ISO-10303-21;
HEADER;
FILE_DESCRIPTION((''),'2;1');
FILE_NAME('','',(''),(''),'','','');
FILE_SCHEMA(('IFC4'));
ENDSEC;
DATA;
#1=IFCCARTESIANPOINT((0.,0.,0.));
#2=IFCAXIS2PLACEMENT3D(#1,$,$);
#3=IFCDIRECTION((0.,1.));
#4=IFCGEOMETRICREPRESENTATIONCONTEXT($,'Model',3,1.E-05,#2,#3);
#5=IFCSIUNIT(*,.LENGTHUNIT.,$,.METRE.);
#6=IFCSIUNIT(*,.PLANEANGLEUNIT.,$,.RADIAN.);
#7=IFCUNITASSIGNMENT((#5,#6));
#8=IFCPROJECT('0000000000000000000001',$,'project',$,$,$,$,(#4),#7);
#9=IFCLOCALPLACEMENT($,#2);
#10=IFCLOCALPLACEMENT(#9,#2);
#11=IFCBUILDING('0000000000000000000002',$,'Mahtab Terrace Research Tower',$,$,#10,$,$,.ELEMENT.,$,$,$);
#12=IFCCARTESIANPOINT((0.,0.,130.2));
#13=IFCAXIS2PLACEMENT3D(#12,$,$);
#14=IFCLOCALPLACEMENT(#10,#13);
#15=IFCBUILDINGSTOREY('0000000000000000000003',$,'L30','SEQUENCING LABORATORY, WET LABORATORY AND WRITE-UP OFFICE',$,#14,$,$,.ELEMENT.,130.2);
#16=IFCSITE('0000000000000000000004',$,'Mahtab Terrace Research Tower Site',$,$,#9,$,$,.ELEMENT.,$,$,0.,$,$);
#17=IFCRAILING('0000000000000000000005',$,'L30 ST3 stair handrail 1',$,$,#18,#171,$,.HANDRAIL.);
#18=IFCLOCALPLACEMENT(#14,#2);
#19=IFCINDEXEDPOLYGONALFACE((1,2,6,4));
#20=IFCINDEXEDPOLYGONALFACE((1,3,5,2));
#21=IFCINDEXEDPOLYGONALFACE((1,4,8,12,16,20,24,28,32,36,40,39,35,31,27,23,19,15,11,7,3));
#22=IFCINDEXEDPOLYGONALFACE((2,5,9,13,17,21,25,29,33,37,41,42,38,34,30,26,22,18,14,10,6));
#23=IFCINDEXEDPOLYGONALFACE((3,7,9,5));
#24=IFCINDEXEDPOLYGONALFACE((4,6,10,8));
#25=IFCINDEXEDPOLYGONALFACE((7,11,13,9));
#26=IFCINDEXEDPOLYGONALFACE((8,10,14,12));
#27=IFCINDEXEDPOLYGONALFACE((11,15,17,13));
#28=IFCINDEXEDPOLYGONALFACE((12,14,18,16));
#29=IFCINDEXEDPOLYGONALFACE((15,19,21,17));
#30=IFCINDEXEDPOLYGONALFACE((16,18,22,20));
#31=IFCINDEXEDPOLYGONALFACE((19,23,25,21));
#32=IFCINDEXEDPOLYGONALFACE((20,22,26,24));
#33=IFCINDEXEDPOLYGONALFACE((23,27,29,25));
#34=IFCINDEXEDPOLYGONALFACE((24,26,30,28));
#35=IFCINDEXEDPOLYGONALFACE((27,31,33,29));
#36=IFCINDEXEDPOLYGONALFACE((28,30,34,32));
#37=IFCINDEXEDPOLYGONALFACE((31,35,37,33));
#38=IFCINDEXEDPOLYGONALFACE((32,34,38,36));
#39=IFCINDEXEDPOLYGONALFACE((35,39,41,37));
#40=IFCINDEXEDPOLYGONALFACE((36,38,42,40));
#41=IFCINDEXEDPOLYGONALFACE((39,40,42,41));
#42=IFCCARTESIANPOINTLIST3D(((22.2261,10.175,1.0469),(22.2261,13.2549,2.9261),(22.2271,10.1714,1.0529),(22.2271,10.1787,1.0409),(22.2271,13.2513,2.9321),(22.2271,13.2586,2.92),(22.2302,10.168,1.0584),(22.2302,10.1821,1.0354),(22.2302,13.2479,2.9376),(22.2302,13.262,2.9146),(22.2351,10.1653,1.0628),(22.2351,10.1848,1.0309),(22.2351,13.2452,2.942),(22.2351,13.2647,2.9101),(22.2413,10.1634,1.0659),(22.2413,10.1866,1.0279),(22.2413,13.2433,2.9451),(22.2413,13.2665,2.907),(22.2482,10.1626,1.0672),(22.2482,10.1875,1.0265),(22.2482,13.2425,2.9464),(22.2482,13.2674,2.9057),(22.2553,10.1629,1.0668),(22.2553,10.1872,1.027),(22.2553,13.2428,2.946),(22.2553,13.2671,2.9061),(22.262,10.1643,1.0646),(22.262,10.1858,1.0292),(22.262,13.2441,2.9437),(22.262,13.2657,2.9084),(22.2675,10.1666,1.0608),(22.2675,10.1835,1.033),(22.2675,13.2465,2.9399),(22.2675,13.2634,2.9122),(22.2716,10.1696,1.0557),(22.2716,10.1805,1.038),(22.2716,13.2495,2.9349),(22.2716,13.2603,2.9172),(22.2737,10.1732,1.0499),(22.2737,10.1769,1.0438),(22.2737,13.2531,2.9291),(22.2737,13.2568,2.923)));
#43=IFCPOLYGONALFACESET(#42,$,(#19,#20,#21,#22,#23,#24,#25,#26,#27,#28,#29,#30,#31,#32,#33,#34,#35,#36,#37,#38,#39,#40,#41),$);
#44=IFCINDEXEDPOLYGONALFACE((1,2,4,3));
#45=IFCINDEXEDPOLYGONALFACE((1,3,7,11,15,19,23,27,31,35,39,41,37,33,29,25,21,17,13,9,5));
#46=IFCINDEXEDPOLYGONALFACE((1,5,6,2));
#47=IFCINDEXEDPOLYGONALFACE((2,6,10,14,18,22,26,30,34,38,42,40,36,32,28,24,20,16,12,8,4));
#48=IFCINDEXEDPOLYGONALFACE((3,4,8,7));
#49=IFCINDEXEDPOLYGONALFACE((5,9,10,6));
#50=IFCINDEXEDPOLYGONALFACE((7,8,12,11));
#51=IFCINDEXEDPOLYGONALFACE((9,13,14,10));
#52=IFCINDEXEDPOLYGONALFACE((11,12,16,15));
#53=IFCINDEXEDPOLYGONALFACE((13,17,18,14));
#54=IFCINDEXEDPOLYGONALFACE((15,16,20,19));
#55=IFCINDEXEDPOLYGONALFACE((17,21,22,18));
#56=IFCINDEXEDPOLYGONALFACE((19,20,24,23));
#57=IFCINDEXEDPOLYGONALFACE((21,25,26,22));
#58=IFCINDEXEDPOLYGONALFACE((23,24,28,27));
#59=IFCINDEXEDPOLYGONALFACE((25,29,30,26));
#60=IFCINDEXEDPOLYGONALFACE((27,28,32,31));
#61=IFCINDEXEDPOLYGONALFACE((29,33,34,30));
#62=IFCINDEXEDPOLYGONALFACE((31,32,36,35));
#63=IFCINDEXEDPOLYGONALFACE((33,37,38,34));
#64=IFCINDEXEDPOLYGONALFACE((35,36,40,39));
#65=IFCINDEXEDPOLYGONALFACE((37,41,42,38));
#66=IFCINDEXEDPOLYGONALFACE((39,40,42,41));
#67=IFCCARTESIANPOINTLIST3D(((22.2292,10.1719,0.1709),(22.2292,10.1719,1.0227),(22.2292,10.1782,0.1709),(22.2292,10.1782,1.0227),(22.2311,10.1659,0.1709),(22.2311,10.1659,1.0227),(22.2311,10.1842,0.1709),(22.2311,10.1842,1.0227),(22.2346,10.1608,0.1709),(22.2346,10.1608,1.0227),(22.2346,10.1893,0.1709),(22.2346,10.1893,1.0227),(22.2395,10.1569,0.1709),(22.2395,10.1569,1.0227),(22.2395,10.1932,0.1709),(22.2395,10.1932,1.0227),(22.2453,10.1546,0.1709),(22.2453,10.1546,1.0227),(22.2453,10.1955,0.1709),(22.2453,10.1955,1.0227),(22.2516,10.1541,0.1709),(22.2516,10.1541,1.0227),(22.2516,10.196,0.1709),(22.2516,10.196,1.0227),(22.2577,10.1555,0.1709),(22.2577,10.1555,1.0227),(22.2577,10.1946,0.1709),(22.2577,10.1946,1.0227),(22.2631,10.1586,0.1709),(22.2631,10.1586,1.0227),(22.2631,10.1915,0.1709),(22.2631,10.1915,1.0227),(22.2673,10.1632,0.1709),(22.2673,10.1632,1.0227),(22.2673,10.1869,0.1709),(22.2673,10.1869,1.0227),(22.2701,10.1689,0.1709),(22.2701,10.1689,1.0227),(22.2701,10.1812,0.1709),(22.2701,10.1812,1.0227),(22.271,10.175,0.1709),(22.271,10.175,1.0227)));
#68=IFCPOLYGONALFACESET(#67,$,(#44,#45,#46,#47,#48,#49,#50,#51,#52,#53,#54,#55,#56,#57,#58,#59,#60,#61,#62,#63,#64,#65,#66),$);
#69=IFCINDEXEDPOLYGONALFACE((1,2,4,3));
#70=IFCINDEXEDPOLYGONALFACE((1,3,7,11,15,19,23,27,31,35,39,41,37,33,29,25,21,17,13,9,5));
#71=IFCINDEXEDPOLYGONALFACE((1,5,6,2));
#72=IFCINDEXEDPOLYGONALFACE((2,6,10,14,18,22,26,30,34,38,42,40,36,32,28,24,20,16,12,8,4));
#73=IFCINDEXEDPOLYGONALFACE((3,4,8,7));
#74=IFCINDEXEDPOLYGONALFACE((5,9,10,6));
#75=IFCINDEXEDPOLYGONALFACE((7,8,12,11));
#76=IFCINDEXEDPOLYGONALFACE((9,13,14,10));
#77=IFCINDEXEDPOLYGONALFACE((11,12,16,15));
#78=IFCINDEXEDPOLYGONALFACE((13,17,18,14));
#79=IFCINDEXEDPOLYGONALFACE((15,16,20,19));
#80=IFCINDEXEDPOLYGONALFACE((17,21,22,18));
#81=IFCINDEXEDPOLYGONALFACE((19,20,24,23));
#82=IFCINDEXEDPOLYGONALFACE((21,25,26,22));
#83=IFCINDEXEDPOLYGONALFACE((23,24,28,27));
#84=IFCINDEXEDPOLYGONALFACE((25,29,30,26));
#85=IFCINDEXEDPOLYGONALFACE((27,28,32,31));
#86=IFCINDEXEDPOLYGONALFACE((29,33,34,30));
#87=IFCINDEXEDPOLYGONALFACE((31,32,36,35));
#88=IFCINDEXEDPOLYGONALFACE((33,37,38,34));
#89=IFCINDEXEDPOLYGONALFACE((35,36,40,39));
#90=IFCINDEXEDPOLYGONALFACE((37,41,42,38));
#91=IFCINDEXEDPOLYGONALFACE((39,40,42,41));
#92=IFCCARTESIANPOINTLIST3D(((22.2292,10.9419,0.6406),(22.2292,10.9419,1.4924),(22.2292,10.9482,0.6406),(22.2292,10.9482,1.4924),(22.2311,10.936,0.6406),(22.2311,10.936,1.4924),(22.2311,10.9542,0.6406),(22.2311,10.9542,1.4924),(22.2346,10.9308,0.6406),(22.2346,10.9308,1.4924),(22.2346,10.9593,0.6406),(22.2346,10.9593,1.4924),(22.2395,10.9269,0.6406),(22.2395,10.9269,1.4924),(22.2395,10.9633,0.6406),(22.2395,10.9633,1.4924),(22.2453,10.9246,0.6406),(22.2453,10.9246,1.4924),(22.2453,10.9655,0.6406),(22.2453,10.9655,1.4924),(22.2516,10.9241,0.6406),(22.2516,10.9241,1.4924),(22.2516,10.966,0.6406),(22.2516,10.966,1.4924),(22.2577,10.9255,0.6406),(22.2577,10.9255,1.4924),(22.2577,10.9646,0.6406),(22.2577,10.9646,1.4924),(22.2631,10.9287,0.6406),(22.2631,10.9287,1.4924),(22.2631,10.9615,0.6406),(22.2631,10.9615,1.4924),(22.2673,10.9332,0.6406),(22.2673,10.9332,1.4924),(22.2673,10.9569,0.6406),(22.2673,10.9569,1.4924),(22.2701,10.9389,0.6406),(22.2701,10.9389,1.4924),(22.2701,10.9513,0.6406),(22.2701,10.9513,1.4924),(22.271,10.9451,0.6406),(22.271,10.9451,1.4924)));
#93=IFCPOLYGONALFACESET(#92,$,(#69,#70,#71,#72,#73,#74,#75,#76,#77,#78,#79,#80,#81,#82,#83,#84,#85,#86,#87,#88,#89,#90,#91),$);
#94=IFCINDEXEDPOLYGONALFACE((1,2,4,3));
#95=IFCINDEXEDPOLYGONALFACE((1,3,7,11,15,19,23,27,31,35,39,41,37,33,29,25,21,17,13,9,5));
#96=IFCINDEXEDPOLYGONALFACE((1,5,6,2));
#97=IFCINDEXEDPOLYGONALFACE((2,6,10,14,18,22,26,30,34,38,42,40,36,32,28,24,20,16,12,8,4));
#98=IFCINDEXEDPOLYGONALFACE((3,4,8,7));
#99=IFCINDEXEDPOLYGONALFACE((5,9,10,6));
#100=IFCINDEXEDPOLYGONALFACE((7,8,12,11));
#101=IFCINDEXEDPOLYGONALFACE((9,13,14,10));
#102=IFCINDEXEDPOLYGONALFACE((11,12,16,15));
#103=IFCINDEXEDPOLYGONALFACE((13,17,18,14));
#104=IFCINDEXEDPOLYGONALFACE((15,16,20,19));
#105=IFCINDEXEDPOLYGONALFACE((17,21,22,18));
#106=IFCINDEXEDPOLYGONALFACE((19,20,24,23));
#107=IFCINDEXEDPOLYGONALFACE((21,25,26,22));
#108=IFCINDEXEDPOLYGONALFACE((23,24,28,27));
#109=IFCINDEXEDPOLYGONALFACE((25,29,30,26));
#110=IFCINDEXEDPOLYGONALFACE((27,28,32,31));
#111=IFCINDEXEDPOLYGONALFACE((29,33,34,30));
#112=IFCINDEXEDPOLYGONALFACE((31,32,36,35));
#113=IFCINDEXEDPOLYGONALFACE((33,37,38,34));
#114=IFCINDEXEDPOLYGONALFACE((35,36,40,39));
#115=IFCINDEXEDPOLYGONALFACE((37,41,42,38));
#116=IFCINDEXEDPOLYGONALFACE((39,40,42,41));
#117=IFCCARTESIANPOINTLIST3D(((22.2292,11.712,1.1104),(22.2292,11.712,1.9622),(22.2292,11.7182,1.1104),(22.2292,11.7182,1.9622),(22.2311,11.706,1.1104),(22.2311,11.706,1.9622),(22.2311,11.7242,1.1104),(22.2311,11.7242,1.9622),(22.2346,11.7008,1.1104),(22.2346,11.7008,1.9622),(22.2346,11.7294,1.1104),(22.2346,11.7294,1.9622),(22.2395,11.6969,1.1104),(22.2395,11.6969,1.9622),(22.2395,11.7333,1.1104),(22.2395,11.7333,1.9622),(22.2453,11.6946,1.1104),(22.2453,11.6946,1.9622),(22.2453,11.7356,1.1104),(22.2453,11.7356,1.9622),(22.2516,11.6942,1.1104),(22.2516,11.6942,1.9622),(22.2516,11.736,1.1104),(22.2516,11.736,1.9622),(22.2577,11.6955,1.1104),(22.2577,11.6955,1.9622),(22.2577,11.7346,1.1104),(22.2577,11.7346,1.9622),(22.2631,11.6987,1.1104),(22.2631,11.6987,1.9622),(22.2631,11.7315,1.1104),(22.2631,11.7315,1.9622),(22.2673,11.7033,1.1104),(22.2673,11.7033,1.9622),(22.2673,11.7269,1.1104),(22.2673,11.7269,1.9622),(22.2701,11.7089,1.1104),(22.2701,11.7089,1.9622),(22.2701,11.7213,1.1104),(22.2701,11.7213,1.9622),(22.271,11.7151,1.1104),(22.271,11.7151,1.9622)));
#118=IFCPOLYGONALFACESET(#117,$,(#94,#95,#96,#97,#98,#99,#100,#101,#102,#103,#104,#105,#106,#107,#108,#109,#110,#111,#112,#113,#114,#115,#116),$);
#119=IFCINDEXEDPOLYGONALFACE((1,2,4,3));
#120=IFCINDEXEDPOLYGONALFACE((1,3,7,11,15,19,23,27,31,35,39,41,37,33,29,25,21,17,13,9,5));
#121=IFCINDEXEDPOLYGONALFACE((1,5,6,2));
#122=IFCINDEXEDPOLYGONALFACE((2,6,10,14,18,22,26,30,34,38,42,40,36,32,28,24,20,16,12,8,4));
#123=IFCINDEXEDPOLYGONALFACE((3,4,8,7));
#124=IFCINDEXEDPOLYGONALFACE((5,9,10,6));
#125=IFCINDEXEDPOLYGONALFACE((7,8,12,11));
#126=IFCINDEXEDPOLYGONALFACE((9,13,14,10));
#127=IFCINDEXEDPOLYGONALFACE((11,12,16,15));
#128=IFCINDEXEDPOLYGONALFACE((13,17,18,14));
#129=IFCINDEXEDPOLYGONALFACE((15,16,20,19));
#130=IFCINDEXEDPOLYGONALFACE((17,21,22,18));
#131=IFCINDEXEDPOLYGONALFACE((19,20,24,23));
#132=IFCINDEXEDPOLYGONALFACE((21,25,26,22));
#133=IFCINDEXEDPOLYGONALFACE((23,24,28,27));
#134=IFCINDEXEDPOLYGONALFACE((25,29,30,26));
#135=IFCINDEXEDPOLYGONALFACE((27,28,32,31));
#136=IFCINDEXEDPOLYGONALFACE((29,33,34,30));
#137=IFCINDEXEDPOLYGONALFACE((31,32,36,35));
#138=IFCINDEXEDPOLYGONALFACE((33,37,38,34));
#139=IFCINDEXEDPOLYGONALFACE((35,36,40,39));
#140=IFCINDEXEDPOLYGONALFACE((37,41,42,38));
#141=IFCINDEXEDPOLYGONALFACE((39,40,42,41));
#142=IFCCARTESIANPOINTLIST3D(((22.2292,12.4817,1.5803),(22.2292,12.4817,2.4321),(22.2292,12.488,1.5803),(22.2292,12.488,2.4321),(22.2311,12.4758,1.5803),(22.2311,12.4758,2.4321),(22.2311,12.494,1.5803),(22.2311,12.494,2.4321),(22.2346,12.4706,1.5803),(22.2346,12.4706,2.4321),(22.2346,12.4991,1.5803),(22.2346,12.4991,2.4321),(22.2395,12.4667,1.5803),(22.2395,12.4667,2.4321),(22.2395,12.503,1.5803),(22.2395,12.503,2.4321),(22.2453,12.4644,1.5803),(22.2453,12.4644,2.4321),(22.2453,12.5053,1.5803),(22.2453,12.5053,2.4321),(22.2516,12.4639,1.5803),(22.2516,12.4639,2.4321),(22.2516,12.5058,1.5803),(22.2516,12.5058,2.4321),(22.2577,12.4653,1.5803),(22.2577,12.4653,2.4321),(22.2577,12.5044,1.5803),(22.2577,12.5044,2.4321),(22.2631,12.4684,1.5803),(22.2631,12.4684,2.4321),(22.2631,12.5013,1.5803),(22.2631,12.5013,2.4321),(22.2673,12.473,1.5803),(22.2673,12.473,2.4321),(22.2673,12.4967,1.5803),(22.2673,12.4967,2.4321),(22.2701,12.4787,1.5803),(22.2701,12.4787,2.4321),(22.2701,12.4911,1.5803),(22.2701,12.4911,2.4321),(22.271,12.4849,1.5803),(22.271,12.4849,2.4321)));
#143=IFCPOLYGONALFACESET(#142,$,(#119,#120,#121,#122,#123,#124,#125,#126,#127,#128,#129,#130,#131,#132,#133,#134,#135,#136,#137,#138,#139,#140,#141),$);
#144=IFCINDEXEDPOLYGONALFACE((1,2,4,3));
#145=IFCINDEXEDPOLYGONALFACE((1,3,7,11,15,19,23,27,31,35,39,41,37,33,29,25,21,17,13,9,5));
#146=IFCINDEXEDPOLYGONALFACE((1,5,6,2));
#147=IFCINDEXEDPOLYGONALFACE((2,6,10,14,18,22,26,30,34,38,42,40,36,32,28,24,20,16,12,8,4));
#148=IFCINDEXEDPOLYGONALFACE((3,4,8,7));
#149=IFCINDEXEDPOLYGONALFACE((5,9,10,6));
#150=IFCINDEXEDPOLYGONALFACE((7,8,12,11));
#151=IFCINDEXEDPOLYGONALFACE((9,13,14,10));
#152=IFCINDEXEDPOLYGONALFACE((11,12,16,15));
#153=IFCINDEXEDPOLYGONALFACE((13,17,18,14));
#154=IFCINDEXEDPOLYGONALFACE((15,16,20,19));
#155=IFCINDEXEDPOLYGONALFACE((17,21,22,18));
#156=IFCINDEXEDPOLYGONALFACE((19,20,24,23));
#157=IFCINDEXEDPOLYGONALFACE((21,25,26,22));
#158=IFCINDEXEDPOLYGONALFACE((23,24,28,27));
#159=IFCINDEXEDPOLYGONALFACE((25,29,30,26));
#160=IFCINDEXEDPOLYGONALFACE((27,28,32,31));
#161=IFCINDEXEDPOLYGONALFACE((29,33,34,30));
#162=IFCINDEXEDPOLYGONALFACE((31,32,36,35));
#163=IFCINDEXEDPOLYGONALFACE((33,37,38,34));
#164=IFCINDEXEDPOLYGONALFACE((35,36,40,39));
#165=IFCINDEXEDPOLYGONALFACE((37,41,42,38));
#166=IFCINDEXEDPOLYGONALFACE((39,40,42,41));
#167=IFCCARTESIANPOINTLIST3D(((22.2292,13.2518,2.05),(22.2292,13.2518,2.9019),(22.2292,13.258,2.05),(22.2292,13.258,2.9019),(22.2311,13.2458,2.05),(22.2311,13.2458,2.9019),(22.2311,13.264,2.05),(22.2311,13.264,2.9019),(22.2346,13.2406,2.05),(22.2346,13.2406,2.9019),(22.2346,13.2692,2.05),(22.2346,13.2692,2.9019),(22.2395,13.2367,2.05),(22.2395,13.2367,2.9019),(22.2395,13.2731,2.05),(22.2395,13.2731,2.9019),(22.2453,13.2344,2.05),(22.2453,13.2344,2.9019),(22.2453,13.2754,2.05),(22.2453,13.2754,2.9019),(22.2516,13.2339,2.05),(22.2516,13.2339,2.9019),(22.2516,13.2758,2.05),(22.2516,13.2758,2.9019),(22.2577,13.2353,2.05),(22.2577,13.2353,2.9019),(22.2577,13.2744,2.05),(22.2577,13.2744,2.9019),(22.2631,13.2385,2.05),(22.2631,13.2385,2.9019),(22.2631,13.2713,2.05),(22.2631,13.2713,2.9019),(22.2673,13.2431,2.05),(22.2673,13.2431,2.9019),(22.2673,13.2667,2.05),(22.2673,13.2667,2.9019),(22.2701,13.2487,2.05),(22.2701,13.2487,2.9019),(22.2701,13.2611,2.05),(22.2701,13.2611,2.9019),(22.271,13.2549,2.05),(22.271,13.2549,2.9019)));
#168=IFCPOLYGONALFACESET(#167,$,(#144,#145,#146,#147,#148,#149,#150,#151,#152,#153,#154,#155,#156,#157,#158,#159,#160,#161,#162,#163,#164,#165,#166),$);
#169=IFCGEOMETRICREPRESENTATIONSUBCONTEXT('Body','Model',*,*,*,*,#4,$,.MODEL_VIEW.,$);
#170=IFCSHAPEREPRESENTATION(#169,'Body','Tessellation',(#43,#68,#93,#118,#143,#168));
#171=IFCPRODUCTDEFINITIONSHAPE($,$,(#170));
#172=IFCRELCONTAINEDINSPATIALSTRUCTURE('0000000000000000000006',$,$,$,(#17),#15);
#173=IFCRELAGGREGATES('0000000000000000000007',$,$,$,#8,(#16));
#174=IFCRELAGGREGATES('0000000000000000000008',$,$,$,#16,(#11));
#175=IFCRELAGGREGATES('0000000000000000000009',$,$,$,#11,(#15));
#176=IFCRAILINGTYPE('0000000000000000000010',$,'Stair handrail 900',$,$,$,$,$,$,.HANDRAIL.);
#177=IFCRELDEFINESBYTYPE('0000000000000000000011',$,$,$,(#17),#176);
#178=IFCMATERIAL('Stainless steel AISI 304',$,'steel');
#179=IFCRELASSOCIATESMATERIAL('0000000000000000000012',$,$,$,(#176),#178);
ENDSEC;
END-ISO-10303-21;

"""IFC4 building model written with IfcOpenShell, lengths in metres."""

from ifc_helpers import new_model, si_unit, direction, frame, origin, origin_2d, place, context, subcontext, project, spatial, circle, extrude, material, type_object, element, save


model = new_model("IFC4")

# Units and contexts
model_context = context("Model", 3, precision=1e-05, world=origin(), true_north=direction((0.0, 1.0)))
body_context = subcontext(model_context, "Body", "Model", "MODEL_VIEW")
ifc_project = project(units=[si_unit("LENGTHUNIT", "METRE"), si_unit("PLANEANGLEUNIT", "RADIAN")], contexts=[model_context])

# Site, building, storey
site_placement = place(None, origin())
site = spatial("IfcSite", under=ifc_project, at=site_placement, Name="Mahtab Terrace Research Tower Site", CompositionType="ELEMENT", RefElevation=0.0)
building_placement = place(site_placement, origin())
building = spatial("IfcBuilding", under=site, at=building_placement, Name="Mahtab Terrace Research Tower", CompositionType="ELEMENT")
storey_placement = place(building_placement, frame((0.0, 0.0, 130.2)))
storey = spatial("IfcBuildingStorey", under=building, at=storey_placement, Name="L30", Description="SEQUENCING LABORATORY, WET LABORATORY AND WRITE-UP OFFICE", CompositionType="ELEMENT", Elevation=130.2)

# Railing
ifc_material_1 = material(Name="Stainless steel AISI 304", Category="steel")
railing_type_1 = type_object("IfcRailingType", Name="Stair handrail 900", PredefinedType="HANDRAIL", material=ifc_material_1)
railing_1_placement = place(storey_placement, frame((22.25, 10.175, 0.1709)))
element("IfcRailing", 1, at=railing_1_placement, inside=storey, type_object=railing_type_1, Name="L30 ST3 stair handrail 1", PredefinedType="HANDRAIL", context=body_context, shape_type="SweptSolid", body=[
    extrude(circle(Radius=0.0239, at=origin_2d()), frame((0.0, 0.0, 0.876), z_axis=(0.0, 0.853648, 0.52085), x_axis=(-1.0, 0.0, 0.0)), (0.0, 0.0, 1.0), 3.6079),
    extrude(circle(Radius=0.021, at=origin_2d()), origin(), (0.0, 0.0, 1.0), 0.8518),
    extrude(circle(Radius=0.021, at=origin_2d()), frame((0.0, 0.77, 0.4697)), (0.0, 0.0, 1.0), 0.8518),
    extrude(circle(Radius=0.021, at=origin_2d()), frame((0.0, 1.54, 0.9395)), (0.0, 0.0, 1.0), 0.8518),
    extrude(circle(Radius=0.021, at=origin_2d()), frame((0.0, 2.3098, 1.4094)), (0.0, 0.0, 1.0), 0.8518),
    extrude(circle(Radius=0.021, at=origin_2d()), frame((0.0, 3.0798, 1.8792)), (0.0, 0.0, 1.0), 0.8518),
])

save(model, "model.ifc")
